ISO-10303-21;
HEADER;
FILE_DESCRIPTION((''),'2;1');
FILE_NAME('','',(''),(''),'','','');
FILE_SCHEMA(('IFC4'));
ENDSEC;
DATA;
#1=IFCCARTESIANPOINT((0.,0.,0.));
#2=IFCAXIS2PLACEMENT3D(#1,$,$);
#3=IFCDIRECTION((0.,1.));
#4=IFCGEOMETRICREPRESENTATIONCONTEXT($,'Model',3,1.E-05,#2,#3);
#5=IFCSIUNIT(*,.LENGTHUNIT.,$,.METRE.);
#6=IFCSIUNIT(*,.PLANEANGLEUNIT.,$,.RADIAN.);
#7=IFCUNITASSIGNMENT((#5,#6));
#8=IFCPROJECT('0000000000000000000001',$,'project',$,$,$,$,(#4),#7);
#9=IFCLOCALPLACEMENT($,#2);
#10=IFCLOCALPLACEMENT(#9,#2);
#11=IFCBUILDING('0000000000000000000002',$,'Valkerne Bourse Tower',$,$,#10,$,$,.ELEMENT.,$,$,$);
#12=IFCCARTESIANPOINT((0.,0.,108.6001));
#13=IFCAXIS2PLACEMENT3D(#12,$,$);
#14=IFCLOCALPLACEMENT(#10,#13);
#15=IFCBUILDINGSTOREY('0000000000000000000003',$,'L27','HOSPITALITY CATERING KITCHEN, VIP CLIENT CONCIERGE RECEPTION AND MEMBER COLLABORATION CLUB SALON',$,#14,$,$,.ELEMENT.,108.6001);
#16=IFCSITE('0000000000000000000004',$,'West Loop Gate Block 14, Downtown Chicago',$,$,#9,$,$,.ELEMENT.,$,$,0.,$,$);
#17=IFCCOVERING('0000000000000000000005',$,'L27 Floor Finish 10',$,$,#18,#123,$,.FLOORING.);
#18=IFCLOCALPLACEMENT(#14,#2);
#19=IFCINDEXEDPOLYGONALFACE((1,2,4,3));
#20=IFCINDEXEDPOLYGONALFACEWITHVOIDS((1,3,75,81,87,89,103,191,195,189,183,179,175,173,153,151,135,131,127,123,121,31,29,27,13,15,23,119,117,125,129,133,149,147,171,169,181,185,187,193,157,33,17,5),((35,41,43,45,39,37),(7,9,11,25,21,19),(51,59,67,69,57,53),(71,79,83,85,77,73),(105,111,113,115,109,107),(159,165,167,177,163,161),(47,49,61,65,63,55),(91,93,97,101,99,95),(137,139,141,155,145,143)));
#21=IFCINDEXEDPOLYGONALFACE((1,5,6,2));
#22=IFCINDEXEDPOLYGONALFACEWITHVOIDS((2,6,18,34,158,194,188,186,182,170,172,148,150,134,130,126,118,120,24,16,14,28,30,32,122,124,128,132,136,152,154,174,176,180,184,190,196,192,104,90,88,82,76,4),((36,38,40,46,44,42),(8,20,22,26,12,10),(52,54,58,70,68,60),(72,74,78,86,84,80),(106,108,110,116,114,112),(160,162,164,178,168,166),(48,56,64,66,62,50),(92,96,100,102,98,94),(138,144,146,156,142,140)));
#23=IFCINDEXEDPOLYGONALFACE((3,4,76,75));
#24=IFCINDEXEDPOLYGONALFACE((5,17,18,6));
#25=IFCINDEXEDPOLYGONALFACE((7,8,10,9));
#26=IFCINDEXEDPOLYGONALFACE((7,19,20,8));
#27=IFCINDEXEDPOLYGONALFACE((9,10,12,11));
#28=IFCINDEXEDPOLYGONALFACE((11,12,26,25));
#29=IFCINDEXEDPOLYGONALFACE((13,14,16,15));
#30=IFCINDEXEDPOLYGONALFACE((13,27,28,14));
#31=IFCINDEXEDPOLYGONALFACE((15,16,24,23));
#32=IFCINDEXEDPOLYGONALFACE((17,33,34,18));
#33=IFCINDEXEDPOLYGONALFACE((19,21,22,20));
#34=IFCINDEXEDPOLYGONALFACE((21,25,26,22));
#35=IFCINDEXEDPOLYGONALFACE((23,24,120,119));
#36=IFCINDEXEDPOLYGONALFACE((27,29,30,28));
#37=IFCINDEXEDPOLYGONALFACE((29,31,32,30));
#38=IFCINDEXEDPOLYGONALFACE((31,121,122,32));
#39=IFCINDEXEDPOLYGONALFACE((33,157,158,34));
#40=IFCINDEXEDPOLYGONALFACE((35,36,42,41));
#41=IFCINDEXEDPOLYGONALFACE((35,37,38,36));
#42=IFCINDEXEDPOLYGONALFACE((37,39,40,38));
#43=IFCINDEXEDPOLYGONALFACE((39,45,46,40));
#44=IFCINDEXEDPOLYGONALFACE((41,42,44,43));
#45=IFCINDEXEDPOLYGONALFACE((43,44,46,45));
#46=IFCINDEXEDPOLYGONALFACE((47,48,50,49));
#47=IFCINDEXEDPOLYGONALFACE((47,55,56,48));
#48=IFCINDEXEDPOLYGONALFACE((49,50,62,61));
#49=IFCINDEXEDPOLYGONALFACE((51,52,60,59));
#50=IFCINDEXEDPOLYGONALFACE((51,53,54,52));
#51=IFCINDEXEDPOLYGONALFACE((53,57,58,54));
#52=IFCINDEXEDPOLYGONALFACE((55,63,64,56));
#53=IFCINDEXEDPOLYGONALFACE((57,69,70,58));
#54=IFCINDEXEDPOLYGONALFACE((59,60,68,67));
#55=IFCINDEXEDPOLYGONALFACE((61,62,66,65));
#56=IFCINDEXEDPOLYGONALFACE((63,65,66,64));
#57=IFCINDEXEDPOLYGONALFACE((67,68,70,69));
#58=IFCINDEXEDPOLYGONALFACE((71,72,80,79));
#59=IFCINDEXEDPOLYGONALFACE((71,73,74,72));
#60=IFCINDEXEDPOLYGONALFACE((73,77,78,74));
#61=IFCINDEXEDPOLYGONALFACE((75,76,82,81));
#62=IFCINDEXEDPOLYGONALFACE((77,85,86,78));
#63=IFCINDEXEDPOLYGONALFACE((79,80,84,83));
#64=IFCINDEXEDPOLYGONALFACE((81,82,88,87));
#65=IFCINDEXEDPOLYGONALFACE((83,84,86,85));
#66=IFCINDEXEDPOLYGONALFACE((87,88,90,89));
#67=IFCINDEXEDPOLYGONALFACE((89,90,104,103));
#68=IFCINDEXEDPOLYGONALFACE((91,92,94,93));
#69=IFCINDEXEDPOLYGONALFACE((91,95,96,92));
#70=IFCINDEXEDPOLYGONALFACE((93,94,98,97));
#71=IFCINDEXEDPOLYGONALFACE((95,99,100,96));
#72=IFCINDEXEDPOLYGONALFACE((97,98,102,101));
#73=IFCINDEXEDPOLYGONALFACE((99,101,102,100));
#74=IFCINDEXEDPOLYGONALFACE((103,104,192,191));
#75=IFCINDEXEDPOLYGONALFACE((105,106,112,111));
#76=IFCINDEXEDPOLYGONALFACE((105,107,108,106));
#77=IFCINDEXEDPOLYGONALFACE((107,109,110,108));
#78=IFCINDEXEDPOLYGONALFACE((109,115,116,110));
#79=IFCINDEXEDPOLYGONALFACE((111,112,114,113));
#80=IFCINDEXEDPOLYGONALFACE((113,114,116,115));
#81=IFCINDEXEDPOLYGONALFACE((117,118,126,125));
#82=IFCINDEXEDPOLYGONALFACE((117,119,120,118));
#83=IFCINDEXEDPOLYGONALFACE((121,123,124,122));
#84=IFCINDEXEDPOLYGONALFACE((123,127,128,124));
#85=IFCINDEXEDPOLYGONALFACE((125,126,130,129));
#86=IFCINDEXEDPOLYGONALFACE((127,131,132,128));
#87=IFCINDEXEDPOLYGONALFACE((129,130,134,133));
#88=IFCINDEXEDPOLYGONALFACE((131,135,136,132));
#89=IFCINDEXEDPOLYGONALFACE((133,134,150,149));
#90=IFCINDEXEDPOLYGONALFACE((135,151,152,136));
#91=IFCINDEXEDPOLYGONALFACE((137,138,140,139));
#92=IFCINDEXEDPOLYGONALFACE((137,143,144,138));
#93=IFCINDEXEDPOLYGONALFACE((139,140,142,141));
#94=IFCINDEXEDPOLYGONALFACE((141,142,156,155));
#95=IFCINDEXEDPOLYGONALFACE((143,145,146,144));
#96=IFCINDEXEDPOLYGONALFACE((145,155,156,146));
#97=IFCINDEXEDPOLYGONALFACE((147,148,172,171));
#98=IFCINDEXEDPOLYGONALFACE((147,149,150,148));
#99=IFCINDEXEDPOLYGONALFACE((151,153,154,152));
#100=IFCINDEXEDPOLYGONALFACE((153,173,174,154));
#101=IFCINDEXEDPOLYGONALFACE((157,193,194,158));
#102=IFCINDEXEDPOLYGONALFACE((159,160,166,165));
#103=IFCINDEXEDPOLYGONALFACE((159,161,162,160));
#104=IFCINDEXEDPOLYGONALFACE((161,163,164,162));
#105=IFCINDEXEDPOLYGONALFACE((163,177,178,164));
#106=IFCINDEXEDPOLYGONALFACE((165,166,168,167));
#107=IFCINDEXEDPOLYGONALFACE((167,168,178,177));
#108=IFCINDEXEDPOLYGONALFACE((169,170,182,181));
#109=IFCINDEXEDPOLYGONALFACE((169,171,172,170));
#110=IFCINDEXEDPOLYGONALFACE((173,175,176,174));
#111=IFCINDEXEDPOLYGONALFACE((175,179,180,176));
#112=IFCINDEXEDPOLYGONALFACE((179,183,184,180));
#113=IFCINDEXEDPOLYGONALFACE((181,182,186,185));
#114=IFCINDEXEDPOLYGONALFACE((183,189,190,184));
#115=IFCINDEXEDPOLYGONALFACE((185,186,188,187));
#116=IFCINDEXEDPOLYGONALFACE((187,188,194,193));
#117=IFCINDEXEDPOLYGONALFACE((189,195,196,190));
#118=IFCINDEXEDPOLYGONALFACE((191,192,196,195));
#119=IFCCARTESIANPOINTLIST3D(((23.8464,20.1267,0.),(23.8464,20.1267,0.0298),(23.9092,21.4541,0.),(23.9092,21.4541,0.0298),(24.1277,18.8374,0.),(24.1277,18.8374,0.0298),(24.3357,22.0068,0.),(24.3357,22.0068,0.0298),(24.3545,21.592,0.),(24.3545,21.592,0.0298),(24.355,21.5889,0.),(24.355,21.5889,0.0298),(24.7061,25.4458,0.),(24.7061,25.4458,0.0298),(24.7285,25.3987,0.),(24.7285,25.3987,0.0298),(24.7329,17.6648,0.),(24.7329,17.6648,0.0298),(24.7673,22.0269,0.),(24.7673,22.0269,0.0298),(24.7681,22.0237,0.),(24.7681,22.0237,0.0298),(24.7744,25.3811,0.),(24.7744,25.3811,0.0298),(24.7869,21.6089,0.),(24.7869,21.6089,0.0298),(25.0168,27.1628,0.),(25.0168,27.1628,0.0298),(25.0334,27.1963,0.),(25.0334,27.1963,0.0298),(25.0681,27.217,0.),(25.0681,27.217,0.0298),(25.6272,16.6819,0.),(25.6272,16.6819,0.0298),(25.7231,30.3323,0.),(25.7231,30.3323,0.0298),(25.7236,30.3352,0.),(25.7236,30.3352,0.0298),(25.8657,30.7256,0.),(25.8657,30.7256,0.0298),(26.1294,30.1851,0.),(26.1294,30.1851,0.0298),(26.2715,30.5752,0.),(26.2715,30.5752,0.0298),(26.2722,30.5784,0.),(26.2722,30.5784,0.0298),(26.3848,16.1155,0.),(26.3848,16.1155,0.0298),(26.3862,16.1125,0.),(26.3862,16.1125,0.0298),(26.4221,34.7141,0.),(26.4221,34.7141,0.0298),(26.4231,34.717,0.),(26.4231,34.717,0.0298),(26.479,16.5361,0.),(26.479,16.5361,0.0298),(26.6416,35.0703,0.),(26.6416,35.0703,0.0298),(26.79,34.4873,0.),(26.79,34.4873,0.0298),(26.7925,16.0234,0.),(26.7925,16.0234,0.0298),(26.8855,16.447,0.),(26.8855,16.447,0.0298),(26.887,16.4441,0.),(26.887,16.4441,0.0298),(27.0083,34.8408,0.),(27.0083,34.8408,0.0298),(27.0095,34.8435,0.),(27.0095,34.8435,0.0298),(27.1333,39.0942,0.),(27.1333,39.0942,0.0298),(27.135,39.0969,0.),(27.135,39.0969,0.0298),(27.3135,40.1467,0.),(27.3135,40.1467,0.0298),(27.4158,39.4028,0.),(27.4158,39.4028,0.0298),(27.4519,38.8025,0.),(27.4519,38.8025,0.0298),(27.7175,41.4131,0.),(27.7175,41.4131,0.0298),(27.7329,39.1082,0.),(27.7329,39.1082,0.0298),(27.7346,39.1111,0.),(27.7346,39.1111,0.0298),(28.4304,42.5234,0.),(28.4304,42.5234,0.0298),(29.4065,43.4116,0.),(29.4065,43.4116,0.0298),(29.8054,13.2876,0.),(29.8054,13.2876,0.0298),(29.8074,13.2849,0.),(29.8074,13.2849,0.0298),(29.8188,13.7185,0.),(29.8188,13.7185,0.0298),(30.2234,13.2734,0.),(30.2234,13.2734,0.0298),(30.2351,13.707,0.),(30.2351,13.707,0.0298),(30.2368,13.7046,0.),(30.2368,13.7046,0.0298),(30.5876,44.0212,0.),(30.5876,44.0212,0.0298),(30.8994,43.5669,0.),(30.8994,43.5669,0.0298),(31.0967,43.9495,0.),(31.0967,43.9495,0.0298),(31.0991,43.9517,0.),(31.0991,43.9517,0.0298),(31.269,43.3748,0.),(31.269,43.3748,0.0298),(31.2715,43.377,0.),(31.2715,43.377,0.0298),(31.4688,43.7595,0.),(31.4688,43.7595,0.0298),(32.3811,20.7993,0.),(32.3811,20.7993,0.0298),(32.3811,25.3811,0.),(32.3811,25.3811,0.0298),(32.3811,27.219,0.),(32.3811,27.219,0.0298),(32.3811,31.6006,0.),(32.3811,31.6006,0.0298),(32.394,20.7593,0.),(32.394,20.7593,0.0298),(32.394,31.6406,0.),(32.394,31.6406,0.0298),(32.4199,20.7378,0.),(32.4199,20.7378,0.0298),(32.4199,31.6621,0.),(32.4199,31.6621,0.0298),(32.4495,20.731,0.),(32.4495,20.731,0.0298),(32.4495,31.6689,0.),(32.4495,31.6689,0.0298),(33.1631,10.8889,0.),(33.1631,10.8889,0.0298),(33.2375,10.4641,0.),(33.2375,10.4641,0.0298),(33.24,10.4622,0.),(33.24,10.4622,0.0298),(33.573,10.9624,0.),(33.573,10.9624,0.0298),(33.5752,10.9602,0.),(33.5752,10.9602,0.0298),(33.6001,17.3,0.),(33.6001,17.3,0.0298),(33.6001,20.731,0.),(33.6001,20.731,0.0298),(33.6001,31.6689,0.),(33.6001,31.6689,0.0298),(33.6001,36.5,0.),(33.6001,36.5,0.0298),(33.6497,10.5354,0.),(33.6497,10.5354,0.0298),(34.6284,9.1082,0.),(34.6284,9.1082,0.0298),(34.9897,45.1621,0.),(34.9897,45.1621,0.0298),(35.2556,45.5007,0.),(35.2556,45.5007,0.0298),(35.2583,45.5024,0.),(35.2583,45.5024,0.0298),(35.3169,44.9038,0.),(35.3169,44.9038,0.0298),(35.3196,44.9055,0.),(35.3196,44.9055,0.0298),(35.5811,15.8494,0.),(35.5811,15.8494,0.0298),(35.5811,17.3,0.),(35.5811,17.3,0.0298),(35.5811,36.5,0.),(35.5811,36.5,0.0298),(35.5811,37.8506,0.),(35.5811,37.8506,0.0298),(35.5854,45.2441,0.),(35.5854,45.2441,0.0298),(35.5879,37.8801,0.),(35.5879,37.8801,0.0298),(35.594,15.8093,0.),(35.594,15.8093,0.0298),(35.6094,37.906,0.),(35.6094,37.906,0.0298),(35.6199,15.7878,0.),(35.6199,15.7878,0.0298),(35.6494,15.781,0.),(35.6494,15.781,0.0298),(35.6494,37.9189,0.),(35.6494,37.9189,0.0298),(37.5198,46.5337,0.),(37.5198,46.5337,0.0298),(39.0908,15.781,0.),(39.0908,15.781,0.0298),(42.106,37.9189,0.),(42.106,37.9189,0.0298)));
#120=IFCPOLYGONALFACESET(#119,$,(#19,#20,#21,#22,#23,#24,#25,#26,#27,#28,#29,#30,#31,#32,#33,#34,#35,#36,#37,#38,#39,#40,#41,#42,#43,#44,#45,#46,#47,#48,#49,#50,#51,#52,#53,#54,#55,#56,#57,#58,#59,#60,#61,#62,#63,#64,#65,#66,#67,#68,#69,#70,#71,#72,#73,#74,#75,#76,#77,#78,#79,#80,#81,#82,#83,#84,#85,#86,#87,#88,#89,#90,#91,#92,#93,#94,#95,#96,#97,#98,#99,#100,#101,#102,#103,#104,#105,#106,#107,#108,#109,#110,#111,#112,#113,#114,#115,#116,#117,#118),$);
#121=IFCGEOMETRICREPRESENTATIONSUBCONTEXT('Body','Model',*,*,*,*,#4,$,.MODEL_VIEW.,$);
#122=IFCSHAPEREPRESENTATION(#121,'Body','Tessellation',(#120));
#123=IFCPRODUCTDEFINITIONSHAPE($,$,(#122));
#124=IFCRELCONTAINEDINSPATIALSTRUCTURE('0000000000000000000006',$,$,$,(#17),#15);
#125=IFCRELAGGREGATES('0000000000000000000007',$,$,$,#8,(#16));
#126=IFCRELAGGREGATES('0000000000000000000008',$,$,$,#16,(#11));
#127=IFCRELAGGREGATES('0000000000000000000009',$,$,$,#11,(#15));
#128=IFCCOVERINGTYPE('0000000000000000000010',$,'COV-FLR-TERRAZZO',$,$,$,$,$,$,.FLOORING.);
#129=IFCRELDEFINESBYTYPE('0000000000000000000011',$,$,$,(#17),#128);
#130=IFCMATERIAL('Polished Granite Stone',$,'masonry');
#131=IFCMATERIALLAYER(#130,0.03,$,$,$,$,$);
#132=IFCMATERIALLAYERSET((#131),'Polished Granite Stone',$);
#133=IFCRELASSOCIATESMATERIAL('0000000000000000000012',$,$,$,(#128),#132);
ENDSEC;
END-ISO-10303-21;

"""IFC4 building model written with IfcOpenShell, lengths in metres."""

from ifc_helpers import new_model, si_unit, direction, frame, origin, place, context, subcontext, project, spatial, polyline, outline, extrude, material, layer, layer_set, type_object, element, save


model = new_model("IFC4")

# Units and contexts
model_context = context("Model", 3, precision=1e-05, world=origin(), true_north=direction((0.0, 1.0)))
body_context = subcontext(model_context, "Body", "Model", "MODEL_VIEW")
ifc_project = project(units=[si_unit("LENGTHUNIT", "METRE"), si_unit("PLANEANGLEUNIT", "RADIAN")], contexts=[model_context])

# Site, building, storey
site_placement = place(None, origin())
site = spatial("IfcSite", under=ifc_project, at=site_placement, Name="West Loop Gate Block 14, Downtown Chicago", CompositionType="ELEMENT", RefElevation=0.0)
building_placement = place(site_placement, origin())
building = spatial("IfcBuilding", under=site, at=building_placement, Name="Valkerne Bourse Tower", CompositionType="ELEMENT")
storey_placement = place(building_placement, frame((0.0, 0.0, 108.6001)))
storey = spatial("IfcBuildingStorey", under=building, at=storey_placement, Name="L27", Description="HOSPITALITY CATERING KITCHEN, VIP CLIENT CONCIERGE RECEPTION AND MEMBER COLLABORATION CLUB SALON", CompositionType="ELEMENT", Elevation=108.6001)

# Covering
ifc_material_1 = material(Name="Polished Granite Stone", Category="masonry")
ifc_layer_1 = layer(ifc_material_1, 0.03)
ifc_layer_set_1 = layer_set([ifc_layer_1], Name="Polished Granite Stone")
covering_type_1 = type_object("IfcCoveringType", Name="COV-FLR-TERRAZZO", PredefinedType="FLOORING", material=ifc_layer_set_1)
covering_1_placement = place(storey_placement, origin())
element("IfcCovering", 1, at=covering_1_placement, inside=storey, type_object=covering_type_1, Name="L27 Floor Finish 10", PredefinedType="FLOORING", context=body_context, shape_type="SweptSolid", body=[
    extrude(outline(polyline([(24.1277, 18.8374), (23.8464, 20.1267), (23.9092, 21.4541), (27.3135, 40.1467), (27.7175, 41.4131), (28.4304, 42.5234), (29.4065, 43.4116), (30.5876, 44.0212), (37.5198, 46.5337), (42.106, 37.9189), (35.6494, 37.9189), (35.6094, 37.906), (35.5879, 37.8801), (35.5811, 37.8506), (35.5811, 36.5), (33.6001, 36.5), (33.6001, 31.6689), (32.4495, 31.6689), (32.4199, 31.6621), (32.394, 31.6406), (32.3811, 31.6006), (32.3811, 27.219), (25.0681, 27.217), (25.0334, 27.1963), (25.0168, 27.1628), (24.7061, 25.4458), (24.7285, 25.3987), (24.7744, 25.3811), (32.3811, 25.3811), (32.3811, 20.7993), (32.394, 20.7593), (32.4199, 20.7378), (32.4495, 20.731), (33.6001, 20.731), (33.6001, 17.3), (35.5811, 17.3), (35.5811, 15.8494), (35.594, 15.8093), (35.6199, 15.7878), (35.6494, 15.781), (39.0908, 15.781), (34.6284, 9.1082), (25.6272, 16.6819), (24.7329, 17.6648), (24.1277, 18.8374)]), holes=[polyline([(33.5752, 10.9602), (33.573, 10.9624), (33.1631, 10.8889), (33.2375, 10.4641), (33.24, 10.4622), (33.6497, 10.5354), (33.5752, 10.9602)]), polyline([(30.2368, 13.7046), (30.2351, 13.707), (29.8188, 13.7185), (29.8054, 13.2876), (29.8074, 13.2849), (30.2234, 13.2734), (30.2368, 13.7046)]), polyline([(26.887, 16.4441), (26.8855, 16.447), (26.479, 16.5361), (26.3848, 16.1155), (26.3862, 16.1125), (26.7925, 16.0234), (26.887, 16.4441)]), polyline([(24.7681, 22.0237), (24.7673, 22.0269), (24.3357, 22.0068), (24.3545, 21.592), (24.355, 21.5889), (24.7869, 21.6089), (24.7681, 22.0237)]), polyline([(26.2715, 30.5752), (26.2722, 30.5784), (25.8657, 30.7256), (25.7236, 30.3352), (25.7231, 30.3323), (26.1294, 30.1851), (26.2715, 30.5752)]), polyline([(27.0095, 34.8435), (26.6416, 35.0703), (26.4231, 34.717), (26.4221, 34.7141), (26.79, 34.4873), (27.0083, 34.8408), (27.0095, 34.8435)]), polyline([(27.7346, 39.1111), (27.4158, 39.4028), (27.135, 39.0969), (27.1333, 39.0942), (27.4519, 38.8025), (27.7329, 39.1082), (27.7346, 39.1111)]), polyline([(31.4688, 43.7595), (31.0991, 43.9517), (31.0967, 43.9495), (30.8994, 43.5669), (31.269, 43.3748), (31.2715, 43.377), (31.4688, 43.7595)]), polyline([(35.3196, 44.9055), (35.5854, 45.2441), (35.2583, 45.5024), (35.2556, 45.5007), (34.9897, 45.1621), (35.3169, 44.9038), (35.3196, 44.9055)])]), origin(), (0.0, 0.0, 1.0), 0.0298),
])

save(model, "model.ifc")
